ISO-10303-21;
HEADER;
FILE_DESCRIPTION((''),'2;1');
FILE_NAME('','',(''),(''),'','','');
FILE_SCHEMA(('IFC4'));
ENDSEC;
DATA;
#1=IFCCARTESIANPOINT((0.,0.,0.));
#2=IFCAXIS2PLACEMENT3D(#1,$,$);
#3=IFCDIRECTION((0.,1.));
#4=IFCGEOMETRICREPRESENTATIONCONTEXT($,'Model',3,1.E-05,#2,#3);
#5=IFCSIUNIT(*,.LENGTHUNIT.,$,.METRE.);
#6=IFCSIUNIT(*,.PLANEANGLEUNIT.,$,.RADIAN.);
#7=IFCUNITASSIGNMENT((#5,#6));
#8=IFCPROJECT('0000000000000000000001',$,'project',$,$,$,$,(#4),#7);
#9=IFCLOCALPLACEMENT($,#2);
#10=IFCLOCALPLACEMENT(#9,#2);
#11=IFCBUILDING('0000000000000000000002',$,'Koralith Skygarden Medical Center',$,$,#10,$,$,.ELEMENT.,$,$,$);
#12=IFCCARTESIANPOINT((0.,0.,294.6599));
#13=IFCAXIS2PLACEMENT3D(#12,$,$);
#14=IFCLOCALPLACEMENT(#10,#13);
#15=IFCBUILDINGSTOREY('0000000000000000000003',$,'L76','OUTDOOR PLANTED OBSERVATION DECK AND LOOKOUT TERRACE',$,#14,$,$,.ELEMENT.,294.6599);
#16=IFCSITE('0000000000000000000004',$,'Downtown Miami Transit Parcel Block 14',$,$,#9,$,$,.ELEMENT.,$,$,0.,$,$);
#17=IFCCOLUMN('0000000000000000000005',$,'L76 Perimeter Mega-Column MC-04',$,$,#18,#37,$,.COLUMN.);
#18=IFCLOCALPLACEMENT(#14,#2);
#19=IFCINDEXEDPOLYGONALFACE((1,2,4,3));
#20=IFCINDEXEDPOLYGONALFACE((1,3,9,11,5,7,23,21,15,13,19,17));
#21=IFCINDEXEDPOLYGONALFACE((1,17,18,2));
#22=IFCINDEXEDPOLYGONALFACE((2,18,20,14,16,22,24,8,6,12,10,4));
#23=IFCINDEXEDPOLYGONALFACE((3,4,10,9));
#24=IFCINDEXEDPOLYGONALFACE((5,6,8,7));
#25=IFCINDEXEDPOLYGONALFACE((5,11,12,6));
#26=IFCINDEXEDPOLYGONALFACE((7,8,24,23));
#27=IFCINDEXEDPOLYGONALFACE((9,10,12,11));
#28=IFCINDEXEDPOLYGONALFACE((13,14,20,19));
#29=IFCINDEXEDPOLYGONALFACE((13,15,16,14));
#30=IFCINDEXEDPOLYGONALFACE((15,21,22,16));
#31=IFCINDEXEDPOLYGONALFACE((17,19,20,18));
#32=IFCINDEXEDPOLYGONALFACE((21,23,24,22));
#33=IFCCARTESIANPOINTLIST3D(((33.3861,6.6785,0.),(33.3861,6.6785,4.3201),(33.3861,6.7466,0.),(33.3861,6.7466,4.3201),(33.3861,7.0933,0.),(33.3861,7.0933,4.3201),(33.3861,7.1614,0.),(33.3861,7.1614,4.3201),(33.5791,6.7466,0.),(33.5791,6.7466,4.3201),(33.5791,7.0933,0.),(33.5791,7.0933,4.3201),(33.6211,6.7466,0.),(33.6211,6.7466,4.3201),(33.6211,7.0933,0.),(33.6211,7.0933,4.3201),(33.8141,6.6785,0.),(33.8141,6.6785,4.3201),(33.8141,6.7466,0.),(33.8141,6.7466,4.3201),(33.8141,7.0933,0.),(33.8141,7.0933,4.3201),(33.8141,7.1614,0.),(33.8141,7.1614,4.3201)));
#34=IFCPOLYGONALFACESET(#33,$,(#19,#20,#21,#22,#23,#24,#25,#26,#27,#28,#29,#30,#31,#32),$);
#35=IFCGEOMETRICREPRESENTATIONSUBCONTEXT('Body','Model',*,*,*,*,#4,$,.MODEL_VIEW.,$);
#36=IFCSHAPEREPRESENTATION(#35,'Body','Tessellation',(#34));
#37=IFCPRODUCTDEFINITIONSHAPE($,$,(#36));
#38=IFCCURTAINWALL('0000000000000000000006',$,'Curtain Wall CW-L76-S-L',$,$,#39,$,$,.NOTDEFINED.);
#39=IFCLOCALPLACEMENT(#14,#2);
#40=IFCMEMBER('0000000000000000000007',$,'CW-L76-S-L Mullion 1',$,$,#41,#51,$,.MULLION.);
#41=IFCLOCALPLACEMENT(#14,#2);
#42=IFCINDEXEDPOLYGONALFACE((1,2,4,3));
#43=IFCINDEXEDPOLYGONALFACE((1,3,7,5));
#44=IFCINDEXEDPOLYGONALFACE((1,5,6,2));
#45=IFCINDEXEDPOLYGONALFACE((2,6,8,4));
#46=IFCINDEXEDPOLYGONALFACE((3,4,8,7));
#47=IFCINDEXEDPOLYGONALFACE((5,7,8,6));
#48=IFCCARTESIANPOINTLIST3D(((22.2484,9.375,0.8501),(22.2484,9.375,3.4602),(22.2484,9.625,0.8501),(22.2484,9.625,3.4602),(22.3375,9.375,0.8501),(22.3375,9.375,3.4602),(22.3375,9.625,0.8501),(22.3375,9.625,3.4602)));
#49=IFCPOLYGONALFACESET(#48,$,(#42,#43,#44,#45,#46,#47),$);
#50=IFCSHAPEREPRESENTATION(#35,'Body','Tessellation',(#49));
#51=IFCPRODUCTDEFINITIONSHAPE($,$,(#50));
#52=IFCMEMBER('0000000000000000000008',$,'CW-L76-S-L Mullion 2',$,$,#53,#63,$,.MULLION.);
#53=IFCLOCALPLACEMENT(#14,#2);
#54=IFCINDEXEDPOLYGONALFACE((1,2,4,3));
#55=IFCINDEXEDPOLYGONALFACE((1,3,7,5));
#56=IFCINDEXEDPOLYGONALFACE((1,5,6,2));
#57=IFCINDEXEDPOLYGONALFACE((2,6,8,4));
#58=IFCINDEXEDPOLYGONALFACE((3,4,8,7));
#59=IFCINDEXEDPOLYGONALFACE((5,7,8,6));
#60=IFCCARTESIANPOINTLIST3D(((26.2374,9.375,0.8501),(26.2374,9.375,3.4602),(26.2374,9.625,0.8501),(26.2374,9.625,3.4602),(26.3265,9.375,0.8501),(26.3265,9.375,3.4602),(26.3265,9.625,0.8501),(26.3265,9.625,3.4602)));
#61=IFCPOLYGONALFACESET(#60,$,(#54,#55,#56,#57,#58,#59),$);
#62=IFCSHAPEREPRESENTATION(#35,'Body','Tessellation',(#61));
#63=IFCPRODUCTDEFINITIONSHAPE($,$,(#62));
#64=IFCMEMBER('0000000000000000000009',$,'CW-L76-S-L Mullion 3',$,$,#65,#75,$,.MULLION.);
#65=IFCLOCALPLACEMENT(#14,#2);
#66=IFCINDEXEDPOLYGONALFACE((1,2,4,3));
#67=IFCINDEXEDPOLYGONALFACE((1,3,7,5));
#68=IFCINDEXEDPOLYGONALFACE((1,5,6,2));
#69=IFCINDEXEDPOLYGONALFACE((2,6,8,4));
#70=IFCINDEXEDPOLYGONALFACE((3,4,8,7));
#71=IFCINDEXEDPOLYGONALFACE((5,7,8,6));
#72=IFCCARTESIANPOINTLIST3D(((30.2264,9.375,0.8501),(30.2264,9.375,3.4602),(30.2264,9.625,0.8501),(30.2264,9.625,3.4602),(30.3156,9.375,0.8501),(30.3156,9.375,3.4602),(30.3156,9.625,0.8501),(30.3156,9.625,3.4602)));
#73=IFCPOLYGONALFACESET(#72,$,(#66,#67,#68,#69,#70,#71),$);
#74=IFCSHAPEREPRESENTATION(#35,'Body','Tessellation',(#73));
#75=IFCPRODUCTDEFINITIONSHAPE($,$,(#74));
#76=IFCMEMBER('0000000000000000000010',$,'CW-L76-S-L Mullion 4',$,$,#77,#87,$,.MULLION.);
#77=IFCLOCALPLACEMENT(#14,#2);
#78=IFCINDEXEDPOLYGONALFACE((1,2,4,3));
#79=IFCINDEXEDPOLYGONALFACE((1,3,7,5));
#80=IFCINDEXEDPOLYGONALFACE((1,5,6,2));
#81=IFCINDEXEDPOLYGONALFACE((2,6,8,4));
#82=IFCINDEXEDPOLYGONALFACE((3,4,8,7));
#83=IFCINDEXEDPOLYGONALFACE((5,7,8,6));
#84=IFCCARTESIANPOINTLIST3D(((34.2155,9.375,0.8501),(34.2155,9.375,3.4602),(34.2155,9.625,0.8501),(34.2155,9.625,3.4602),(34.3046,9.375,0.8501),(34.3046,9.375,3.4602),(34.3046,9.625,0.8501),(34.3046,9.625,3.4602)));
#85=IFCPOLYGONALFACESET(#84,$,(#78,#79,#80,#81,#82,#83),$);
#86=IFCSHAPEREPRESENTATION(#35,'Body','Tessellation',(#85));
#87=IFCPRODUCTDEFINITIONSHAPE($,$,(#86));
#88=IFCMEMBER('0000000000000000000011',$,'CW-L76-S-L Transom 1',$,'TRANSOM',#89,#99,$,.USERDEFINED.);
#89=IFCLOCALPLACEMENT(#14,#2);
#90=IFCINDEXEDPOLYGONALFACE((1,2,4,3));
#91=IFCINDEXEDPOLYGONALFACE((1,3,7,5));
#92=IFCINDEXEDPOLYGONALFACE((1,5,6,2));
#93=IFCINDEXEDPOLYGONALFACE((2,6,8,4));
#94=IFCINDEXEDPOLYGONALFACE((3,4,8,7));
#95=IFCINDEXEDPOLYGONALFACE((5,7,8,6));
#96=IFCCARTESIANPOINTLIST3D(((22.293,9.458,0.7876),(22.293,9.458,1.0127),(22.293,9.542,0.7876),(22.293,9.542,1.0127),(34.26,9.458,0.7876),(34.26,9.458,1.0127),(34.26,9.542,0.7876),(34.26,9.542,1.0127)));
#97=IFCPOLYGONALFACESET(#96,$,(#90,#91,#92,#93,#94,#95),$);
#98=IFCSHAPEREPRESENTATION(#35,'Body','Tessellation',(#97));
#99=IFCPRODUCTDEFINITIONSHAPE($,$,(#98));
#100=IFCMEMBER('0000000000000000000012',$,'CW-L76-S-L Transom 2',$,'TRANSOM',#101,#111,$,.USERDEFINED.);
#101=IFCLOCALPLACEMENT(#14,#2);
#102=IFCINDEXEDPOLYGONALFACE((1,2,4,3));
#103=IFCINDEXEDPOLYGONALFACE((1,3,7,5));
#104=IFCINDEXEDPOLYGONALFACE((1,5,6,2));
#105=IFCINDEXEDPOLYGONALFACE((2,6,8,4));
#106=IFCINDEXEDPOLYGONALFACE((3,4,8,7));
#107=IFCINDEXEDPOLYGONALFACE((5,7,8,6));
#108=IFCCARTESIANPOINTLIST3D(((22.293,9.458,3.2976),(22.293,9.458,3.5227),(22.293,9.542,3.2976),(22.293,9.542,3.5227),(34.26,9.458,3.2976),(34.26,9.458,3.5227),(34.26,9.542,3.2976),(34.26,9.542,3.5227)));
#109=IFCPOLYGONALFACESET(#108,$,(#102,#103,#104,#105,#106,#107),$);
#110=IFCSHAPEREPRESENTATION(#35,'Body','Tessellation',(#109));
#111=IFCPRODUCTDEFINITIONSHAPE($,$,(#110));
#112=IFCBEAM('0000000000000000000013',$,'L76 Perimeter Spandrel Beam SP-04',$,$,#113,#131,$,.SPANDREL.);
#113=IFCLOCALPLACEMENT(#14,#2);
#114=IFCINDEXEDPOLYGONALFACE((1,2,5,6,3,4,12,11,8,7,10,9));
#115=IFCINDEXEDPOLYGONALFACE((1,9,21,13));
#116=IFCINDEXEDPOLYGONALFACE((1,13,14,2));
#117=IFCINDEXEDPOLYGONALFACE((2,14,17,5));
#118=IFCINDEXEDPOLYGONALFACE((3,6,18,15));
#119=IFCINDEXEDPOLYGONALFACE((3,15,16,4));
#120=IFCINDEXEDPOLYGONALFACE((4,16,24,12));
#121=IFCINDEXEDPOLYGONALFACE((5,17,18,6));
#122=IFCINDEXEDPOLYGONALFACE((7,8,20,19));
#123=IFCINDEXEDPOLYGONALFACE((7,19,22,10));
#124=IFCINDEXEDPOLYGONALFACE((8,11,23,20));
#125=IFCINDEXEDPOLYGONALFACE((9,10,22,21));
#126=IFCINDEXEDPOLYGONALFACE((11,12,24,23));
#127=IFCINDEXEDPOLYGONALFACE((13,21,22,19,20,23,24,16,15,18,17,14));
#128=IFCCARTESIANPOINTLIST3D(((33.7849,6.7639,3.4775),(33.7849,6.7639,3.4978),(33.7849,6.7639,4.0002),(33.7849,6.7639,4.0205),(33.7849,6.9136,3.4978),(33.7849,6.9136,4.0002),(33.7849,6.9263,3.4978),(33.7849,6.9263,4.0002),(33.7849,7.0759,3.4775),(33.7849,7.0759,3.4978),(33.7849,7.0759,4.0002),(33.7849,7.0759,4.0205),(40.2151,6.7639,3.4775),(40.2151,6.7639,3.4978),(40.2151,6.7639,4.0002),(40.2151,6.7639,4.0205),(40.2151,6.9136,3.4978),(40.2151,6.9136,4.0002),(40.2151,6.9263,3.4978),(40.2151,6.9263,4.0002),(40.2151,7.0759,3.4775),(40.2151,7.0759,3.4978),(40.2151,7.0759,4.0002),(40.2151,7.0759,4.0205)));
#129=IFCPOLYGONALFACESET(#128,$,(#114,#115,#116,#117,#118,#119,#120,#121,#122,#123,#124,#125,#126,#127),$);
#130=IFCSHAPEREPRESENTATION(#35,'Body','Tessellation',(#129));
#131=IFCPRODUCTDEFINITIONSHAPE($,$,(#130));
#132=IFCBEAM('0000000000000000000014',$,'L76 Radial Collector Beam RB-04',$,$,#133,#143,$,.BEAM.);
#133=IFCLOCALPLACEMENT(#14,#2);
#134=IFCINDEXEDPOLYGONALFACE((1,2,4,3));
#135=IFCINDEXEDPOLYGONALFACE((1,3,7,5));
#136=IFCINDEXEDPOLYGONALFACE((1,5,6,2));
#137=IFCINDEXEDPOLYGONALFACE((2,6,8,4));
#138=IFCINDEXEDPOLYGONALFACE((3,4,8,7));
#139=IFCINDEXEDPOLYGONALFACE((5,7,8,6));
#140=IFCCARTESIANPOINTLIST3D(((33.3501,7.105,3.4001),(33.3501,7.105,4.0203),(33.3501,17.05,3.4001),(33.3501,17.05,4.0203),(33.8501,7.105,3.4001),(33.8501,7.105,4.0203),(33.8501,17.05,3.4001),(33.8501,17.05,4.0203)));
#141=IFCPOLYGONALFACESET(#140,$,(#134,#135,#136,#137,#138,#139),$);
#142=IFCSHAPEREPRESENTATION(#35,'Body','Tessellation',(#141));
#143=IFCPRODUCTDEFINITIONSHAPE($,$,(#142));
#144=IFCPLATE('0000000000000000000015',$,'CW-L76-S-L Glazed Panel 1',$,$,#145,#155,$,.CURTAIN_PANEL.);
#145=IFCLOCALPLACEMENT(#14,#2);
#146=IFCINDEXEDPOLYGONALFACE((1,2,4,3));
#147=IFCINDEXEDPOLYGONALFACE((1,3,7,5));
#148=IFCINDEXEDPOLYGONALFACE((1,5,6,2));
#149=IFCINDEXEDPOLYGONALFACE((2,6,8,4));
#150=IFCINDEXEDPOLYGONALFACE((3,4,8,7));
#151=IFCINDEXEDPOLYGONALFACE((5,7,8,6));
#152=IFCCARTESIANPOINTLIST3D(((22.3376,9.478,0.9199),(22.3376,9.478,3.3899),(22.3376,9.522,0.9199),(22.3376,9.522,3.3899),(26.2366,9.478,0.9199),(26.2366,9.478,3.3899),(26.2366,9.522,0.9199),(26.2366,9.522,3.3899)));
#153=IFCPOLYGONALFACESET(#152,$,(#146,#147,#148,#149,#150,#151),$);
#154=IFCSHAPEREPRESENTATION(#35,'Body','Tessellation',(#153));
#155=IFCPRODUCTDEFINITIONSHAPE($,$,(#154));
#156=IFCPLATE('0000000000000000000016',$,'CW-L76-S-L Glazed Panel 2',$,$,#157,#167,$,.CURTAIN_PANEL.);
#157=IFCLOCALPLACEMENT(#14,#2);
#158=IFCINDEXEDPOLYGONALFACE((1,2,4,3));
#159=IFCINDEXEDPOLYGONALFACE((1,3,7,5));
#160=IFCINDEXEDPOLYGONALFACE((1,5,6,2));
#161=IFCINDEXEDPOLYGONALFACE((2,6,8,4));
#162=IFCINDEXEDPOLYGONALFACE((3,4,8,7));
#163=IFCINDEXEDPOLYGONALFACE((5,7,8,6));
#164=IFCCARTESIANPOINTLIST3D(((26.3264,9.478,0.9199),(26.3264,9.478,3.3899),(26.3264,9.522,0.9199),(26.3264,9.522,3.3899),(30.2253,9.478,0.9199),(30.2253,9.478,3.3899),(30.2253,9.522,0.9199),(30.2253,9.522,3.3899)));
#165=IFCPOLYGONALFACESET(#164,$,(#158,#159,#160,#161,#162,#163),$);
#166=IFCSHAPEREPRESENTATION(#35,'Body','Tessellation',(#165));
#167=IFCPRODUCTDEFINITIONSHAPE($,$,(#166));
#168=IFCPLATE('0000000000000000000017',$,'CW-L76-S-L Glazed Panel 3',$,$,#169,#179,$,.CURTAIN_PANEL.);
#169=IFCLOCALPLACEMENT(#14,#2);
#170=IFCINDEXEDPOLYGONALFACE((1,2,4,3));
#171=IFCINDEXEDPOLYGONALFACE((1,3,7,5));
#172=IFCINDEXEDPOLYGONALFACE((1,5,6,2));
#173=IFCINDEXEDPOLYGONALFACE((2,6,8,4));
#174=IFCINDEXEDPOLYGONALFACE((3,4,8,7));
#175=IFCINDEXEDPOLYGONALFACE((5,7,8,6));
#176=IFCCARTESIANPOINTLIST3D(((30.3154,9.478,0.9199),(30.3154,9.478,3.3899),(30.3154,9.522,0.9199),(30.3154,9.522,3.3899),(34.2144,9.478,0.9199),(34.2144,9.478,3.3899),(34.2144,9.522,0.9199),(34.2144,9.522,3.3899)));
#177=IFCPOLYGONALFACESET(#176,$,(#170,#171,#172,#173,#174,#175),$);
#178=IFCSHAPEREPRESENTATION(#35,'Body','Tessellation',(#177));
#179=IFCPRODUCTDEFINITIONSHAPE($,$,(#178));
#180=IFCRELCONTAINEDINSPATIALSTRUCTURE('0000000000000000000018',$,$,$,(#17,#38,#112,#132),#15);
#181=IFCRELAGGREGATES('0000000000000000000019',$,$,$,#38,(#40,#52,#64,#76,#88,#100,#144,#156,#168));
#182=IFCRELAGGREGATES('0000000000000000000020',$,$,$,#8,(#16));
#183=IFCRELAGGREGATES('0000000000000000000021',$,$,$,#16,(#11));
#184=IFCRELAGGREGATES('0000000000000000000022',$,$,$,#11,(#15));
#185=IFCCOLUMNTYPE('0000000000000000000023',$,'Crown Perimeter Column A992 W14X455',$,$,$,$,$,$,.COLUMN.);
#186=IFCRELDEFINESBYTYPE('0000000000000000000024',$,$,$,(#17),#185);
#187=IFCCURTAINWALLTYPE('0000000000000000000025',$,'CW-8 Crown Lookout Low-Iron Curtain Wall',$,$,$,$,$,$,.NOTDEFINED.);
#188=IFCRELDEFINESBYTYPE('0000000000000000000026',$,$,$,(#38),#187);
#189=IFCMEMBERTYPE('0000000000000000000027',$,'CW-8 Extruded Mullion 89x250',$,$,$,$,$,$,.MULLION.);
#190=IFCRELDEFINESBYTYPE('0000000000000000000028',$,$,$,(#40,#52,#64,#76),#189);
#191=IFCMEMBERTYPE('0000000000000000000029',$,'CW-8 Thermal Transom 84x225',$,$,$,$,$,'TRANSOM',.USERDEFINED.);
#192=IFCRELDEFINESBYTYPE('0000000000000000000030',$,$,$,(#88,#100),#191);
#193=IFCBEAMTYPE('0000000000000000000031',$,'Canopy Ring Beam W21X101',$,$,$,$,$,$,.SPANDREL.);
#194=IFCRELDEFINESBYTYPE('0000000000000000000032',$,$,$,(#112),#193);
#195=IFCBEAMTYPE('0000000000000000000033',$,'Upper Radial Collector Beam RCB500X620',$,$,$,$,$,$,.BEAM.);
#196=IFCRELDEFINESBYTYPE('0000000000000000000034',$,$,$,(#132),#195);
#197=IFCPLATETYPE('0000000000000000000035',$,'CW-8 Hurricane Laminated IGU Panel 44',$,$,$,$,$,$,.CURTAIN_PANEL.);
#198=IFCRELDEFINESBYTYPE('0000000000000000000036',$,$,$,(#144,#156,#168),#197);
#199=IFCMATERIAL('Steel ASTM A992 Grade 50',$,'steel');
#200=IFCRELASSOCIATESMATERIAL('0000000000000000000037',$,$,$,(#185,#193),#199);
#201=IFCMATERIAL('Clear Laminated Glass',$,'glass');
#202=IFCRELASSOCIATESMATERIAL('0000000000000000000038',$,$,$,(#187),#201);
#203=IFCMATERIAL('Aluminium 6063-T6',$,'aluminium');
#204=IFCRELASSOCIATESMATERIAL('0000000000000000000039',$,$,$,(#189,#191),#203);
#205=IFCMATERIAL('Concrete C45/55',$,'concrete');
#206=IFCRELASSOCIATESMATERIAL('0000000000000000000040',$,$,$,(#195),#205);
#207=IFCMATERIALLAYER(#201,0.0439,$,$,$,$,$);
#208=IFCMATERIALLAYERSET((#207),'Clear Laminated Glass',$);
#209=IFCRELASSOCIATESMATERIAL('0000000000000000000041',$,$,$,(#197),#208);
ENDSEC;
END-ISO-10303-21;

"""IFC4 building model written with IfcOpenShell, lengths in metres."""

from ifc_helpers import new_model, si_unit, direction, frame, origin, origin_2d, place, context, subcontext, project, spatial, rectangle, i_section, extrude, material, layer, layer_set, material_profile, profile_set, type_object, element, aggregate, save


model = new_model("IFC4")

# Units and contexts
model_context = context("Model", 3, precision=1e-05, world=origin(), true_north=direction((0.0, 1.0)))
body_context = subcontext(model_context, "Body", "Model", "MODEL_VIEW")
ifc_project = project(units=[si_unit("LENGTHUNIT", "METRE"), si_unit("PLANEANGLEUNIT", "RADIAN")], contexts=[model_context])

# Site, building, storey
site_placement = place(None, origin())
site = spatial("IfcSite", under=ifc_project, at=site_placement, Name="Downtown Miami Transit Parcel Block 14", CompositionType="ELEMENT", RefElevation=0.0)
building_placement = place(site_placement, origin())
building = spatial("IfcBuilding", under=site, at=building_placement, Name="Koralith Skygarden Medical Center", CompositionType="ELEMENT")
storey_placement = place(building_placement, frame((0.0, 0.0, 294.6599)))
storey = spatial("IfcBuildingStorey", under=building, at=storey_placement, Name="L76", Description="OUTDOOR PLANTED OBSERVATION DECK AND LOOKOUT TERRACE", CompositionType="ELEMENT", Elevation=294.6599)

# Column
ifc_material_1 = material(Name="Steel ASTM A992 Grade 50", Category="steel")
ifc_material_profile_1 = material_profile(ifc_material_1, i_section(OverallWidth=0.428, OverallDepth=0.4829, WebThickness=0.042, FlangeThickness=0.0681, at=origin_2d()), Name="W14X455")
ifc_profile_set_1 = profile_set([ifc_material_profile_1], Name="Steel ASTM A992 Grade 50")
column_type = type_object("IfcColumnType", Name="Crown Perimeter Column A992 W14X455", PredefinedType="COLUMN", material=ifc_profile_set_1)
column_placement = place(storey_placement, frame((33.6001, 6.9199, 0.0), z_axis=(0.0, 0.0, 1.0), x_axis=(1.0, 0.0, 0.0)))
element("IfcColumn", 1, at=column_placement, inside=storey, type_object=column_type, Name="L76 Perimeter Mega-Column MC-04", PredefinedType="COLUMN", context=body_context, shape_type="SweptSolid", body=[
    extrude(i_section(OverallWidth=0.428, OverallDepth=0.4829, WebThickness=0.042, FlangeThickness=0.0681, at=origin_2d()), origin(), (0.0, 0.0, 1.0), 4.3201),
])

# Curtain wall, members
ifc_material_2 = material(Name="Clear Laminated Glass", Category="glass")
curtain_wall_type = type_object("IfcCurtainWallType", Name="CW-8 Crown Lookout Low-Iron Curtain Wall", PredefinedType="NOTDEFINED", material=ifc_material_2)
curtain_wall_placement = place(storey_placement, origin())
curtain_wall = element("IfcCurtainWall", 2, at=curtain_wall_placement, inside=storey, type_object=curtain_wall_type, Name="Curtain Wall CW-L76-S-L", PredefinedType="NOTDEFINED")
ifc_material_3 = material(Name="Aluminium 6063-T6", Category="aluminium")
ifc_material_profile_2 = material_profile(ifc_material_3, rectangle(XDim=0.0891, YDim=0.25, at=origin_2d()), Name="MUL89X250")
ifc_profile_set_2 = profile_set([ifc_material_profile_2], Name="Aluminium 6063-T6")
member_type_1 = type_object("IfcMemberType", Name="CW-8 Extruded Mullion 89x250", PredefinedType="MULLION", material=ifc_profile_set_2)
member_1_placement = place(storey_placement, frame((22.293, 9.5, 0.8501), z_axis=(0.0, 0.0, 1.0), x_axis=(1.0, 0.0, 0.0)))
member_1 = element("IfcMember", 3, at=member_1_placement, type_object=member_type_1, Name="CW-L76-S-L Mullion 1", PredefinedType="MULLION", context=body_context, shape_type="SweptSolid", body=[
    extrude(rectangle(XDim=0.0891, YDim=0.25, at=origin_2d()), origin(), (0.0, 0.0, 1.0), 2.6101),
])
member_2_placement = place(storey_placement, frame((26.282, 9.5, 0.8501), z_axis=(0.0, 0.0, 1.0), x_axis=(1.0, 0.0, 0.0)))
member_2 = element("IfcMember", 4, at=member_2_placement, type_object=member_type_1, Name="CW-L76-S-L Mullion 2", PredefinedType="MULLION", context=body_context, shape_type="SweptSolid", body=[
    extrude(rectangle(XDim=0.0891, YDim=0.25, at=origin_2d()), origin(), (0.0, 0.0, 1.0), 2.6101),
])
member_3_placement = place(storey_placement, frame((30.271, 9.5, 0.8501), z_axis=(0.0, 0.0, 1.0), x_axis=(1.0, 0.0, 0.0)))
member_3 = element("IfcMember", 5, at=member_3_placement, type_object=member_type_1, Name="CW-L76-S-L Mullion 3", PredefinedType="MULLION", context=body_context, shape_type="SweptSolid", body=[
    extrude(rectangle(XDim=0.0891, YDim=0.25, at=origin_2d()), origin(), (0.0, 0.0, 1.0), 2.6101),
])
member_4_placement = place(storey_placement, frame((34.26, 9.5, 0.8501), z_axis=(0.0, 0.0, 1.0), x_axis=(1.0, 0.0, 0.0)))
member_4 = element("IfcMember", 6, at=member_4_placement, type_object=member_type_1, Name="CW-L76-S-L Mullion 4", PredefinedType="MULLION", context=body_context, shape_type="SweptSolid", body=[
    extrude(rectangle(XDim=0.0891, YDim=0.25, at=origin_2d()), origin(), (0.0, 0.0, 1.0), 2.6101),
])
ifc_material_profile_3 = material_profile(ifc_material_3, rectangle(XDim=0.084, YDim=0.2251, at=origin_2d()), Name="TRN84X225")
ifc_profile_set_3 = profile_set([ifc_material_profile_3], Name="Aluminium 6063-T6")
member_type_2 = type_object("IfcMemberType", Name="CW-8 Thermal Transom 84x225", ElementType="TRANSOM", PredefinedType="USERDEFINED", material=ifc_profile_set_3)
member_5_placement = place(storey_placement, frame((22.293, 9.5, 0.9001), z_axis=(1.0, 0.0, 0.0), x_axis=(0.0, 1.0, 0.0)))
member_5 = element("IfcMember", 7, at=member_5_placement, type_object=member_type_2, Name="CW-L76-S-L Transom 1", ObjectType="TRANSOM", PredefinedType="USERDEFINED", context=body_context, shape_type="SweptSolid", body=[
    extrude(rectangle(XDim=0.084, YDim=0.2251, at=origin_2d()), origin(), (0.0, 0.0, 1.0), 11.967),
])
member_6_placement = place(storey_placement, frame((22.293, 9.5, 3.4102), z_axis=(1.0, 0.0, 0.0), x_axis=(0.0, 1.0, 0.0)))
member_6 = element("IfcMember", 8, at=member_6_placement, type_object=member_type_2, Name="CW-L76-S-L Transom 2", ObjectType="TRANSOM", PredefinedType="USERDEFINED", context=body_context, shape_type="SweptSolid", body=[
    extrude(rectangle(XDim=0.084, YDim=0.2251, at=origin_2d()), origin(), (0.0, 0.0, 1.0), 11.967),
])

# Beams
ifc_material_profile_4 = material_profile(ifc_material_1, i_section(OverallWidth=0.312, OverallDepth=0.543, WebThickness=0.0127, FlangeThickness=0.0203, at=origin_2d()), Name="W21X101")
ifc_profile_set_4 = profile_set([ifc_material_profile_4], Name="Steel ASTM A992 Grade 50")
beam_type_1 = type_object("IfcBeamType", Name="Canopy Ring Beam W21X101", PredefinedType="SPANDREL", material=ifc_profile_set_4)
beam_1_placement = place(storey_placement, frame((33.7849, 6.9199, 3.749), z_axis=(1.0, 0.0, 0.0), x_axis=(0.0, 1.0, 0.0)))
element("IfcBeam", 9, at=beam_1_placement, inside=storey, type_object=beam_type_1, Name="L76 Perimeter Spandrel Beam SP-04", PredefinedType="SPANDREL", context=body_context, shape_type="SweptSolid", body=[
    extrude(i_section(OverallWidth=0.312, OverallDepth=0.543, WebThickness=0.0127, FlangeThickness=0.0203, at=origin_2d()), origin(), (0.0, 0.0, 1.0), 6.4302),
])
ifc_material_4 = material(Name="Concrete C45/55", Category="concrete")
ifc_material_profile_5 = material_profile(ifc_material_4, rectangle(XDim=0.5, YDim=0.6201, at=origin_2d()), Name="RCB500X620")
ifc_profile_set_5 = profile_set([ifc_material_profile_5], Name="Concrete C45/55")
beam_type_2 = type_object("IfcBeamType", Name="Upper Radial Collector Beam RCB500X620", PredefinedType="BEAM", material=ifc_profile_set_5)
beam_2_placement = place(storey_placement, frame((33.6001, 17.05, 3.7102), z_axis=(0.0, -1.0, 0.0), x_axis=(1.0, 0.0, 0.0)))
element("IfcBeam", 10, at=beam_2_placement, inside=storey, type_object=beam_type_2, Name="L76 Radial Collector Beam RB-04", PredefinedType="BEAM", context=body_context, shape_type="SweptSolid", body=[
    extrude(rectangle(XDim=0.5, YDim=0.6201, at=origin_2d()), origin(), (0.0, 0.0, 1.0), 9.9451),
])

# Plates
ifc_layer_1 = layer(ifc_material_2, 0.0439)
ifc_layer_set_1 = layer_set([ifc_layer_1], Name="Clear Laminated Glass")
plate_type = type_object("IfcPlateType", Name="CW-8 Hurricane Laminated IGU Panel 44", PredefinedType="CURTAIN_PANEL", material=ifc_layer_set_1)
plate_1_placement = place(storey_placement, frame((24.2871, 9.5, 0.9199), z_axis=(0.0, 0.0, 1.0), x_axis=(1.0, 0.0, 0.0)))
plate_1 = element("IfcPlate", 11, at=plate_1_placement, type_object=plate_type, Name="CW-L76-S-L Glazed Panel 1", PredefinedType="CURTAIN_PANEL", context=body_context, shape_type="SweptSolid", body=[
    extrude(rectangle(XDim=3.8989, YDim=0.0439, at=origin_2d()), origin(), (0.0, 0.0, 1.0), 2.47),
])
plate_2_placement = place(storey_placement, frame((28.2759, 9.5, 0.9199), z_axis=(0.0, 0.0, 1.0), x_axis=(1.0, 0.0, 0.0)))
plate_2 = element("IfcPlate", 12, at=plate_2_placement, type_object=plate_type, Name="CW-L76-S-L Glazed Panel 2", PredefinedType="CURTAIN_PANEL", context=body_context, shape_type="SweptSolid", body=[
    extrude(rectangle(XDim=3.8989, YDim=0.0439, at=origin_2d()), origin(), (0.0, 0.0, 1.0), 2.47),
])
plate_3_placement = place(storey_placement, frame((32.2649, 9.5, 0.9199), z_axis=(0.0, 0.0, 1.0), x_axis=(1.0, 0.0, 0.0)))
plate_3 = element("IfcPlate", 13, at=plate_3_placement, type_object=plate_type, Name="CW-L76-S-L Glazed Panel 3", PredefinedType="CURTAIN_PANEL", context=body_context, shape_type="SweptSolid", body=[
    extrude(rectangle(XDim=3.8989, YDim=0.0439, at=origin_2d()), origin(), (0.0, 0.0, 1.0), 2.47),
])
aggregate(curtain_wall, [member_1, member_2, member_3, member_4, member_5, member_6, plate_1, plate_2, plate_3])

save(model, "model.ifc")
